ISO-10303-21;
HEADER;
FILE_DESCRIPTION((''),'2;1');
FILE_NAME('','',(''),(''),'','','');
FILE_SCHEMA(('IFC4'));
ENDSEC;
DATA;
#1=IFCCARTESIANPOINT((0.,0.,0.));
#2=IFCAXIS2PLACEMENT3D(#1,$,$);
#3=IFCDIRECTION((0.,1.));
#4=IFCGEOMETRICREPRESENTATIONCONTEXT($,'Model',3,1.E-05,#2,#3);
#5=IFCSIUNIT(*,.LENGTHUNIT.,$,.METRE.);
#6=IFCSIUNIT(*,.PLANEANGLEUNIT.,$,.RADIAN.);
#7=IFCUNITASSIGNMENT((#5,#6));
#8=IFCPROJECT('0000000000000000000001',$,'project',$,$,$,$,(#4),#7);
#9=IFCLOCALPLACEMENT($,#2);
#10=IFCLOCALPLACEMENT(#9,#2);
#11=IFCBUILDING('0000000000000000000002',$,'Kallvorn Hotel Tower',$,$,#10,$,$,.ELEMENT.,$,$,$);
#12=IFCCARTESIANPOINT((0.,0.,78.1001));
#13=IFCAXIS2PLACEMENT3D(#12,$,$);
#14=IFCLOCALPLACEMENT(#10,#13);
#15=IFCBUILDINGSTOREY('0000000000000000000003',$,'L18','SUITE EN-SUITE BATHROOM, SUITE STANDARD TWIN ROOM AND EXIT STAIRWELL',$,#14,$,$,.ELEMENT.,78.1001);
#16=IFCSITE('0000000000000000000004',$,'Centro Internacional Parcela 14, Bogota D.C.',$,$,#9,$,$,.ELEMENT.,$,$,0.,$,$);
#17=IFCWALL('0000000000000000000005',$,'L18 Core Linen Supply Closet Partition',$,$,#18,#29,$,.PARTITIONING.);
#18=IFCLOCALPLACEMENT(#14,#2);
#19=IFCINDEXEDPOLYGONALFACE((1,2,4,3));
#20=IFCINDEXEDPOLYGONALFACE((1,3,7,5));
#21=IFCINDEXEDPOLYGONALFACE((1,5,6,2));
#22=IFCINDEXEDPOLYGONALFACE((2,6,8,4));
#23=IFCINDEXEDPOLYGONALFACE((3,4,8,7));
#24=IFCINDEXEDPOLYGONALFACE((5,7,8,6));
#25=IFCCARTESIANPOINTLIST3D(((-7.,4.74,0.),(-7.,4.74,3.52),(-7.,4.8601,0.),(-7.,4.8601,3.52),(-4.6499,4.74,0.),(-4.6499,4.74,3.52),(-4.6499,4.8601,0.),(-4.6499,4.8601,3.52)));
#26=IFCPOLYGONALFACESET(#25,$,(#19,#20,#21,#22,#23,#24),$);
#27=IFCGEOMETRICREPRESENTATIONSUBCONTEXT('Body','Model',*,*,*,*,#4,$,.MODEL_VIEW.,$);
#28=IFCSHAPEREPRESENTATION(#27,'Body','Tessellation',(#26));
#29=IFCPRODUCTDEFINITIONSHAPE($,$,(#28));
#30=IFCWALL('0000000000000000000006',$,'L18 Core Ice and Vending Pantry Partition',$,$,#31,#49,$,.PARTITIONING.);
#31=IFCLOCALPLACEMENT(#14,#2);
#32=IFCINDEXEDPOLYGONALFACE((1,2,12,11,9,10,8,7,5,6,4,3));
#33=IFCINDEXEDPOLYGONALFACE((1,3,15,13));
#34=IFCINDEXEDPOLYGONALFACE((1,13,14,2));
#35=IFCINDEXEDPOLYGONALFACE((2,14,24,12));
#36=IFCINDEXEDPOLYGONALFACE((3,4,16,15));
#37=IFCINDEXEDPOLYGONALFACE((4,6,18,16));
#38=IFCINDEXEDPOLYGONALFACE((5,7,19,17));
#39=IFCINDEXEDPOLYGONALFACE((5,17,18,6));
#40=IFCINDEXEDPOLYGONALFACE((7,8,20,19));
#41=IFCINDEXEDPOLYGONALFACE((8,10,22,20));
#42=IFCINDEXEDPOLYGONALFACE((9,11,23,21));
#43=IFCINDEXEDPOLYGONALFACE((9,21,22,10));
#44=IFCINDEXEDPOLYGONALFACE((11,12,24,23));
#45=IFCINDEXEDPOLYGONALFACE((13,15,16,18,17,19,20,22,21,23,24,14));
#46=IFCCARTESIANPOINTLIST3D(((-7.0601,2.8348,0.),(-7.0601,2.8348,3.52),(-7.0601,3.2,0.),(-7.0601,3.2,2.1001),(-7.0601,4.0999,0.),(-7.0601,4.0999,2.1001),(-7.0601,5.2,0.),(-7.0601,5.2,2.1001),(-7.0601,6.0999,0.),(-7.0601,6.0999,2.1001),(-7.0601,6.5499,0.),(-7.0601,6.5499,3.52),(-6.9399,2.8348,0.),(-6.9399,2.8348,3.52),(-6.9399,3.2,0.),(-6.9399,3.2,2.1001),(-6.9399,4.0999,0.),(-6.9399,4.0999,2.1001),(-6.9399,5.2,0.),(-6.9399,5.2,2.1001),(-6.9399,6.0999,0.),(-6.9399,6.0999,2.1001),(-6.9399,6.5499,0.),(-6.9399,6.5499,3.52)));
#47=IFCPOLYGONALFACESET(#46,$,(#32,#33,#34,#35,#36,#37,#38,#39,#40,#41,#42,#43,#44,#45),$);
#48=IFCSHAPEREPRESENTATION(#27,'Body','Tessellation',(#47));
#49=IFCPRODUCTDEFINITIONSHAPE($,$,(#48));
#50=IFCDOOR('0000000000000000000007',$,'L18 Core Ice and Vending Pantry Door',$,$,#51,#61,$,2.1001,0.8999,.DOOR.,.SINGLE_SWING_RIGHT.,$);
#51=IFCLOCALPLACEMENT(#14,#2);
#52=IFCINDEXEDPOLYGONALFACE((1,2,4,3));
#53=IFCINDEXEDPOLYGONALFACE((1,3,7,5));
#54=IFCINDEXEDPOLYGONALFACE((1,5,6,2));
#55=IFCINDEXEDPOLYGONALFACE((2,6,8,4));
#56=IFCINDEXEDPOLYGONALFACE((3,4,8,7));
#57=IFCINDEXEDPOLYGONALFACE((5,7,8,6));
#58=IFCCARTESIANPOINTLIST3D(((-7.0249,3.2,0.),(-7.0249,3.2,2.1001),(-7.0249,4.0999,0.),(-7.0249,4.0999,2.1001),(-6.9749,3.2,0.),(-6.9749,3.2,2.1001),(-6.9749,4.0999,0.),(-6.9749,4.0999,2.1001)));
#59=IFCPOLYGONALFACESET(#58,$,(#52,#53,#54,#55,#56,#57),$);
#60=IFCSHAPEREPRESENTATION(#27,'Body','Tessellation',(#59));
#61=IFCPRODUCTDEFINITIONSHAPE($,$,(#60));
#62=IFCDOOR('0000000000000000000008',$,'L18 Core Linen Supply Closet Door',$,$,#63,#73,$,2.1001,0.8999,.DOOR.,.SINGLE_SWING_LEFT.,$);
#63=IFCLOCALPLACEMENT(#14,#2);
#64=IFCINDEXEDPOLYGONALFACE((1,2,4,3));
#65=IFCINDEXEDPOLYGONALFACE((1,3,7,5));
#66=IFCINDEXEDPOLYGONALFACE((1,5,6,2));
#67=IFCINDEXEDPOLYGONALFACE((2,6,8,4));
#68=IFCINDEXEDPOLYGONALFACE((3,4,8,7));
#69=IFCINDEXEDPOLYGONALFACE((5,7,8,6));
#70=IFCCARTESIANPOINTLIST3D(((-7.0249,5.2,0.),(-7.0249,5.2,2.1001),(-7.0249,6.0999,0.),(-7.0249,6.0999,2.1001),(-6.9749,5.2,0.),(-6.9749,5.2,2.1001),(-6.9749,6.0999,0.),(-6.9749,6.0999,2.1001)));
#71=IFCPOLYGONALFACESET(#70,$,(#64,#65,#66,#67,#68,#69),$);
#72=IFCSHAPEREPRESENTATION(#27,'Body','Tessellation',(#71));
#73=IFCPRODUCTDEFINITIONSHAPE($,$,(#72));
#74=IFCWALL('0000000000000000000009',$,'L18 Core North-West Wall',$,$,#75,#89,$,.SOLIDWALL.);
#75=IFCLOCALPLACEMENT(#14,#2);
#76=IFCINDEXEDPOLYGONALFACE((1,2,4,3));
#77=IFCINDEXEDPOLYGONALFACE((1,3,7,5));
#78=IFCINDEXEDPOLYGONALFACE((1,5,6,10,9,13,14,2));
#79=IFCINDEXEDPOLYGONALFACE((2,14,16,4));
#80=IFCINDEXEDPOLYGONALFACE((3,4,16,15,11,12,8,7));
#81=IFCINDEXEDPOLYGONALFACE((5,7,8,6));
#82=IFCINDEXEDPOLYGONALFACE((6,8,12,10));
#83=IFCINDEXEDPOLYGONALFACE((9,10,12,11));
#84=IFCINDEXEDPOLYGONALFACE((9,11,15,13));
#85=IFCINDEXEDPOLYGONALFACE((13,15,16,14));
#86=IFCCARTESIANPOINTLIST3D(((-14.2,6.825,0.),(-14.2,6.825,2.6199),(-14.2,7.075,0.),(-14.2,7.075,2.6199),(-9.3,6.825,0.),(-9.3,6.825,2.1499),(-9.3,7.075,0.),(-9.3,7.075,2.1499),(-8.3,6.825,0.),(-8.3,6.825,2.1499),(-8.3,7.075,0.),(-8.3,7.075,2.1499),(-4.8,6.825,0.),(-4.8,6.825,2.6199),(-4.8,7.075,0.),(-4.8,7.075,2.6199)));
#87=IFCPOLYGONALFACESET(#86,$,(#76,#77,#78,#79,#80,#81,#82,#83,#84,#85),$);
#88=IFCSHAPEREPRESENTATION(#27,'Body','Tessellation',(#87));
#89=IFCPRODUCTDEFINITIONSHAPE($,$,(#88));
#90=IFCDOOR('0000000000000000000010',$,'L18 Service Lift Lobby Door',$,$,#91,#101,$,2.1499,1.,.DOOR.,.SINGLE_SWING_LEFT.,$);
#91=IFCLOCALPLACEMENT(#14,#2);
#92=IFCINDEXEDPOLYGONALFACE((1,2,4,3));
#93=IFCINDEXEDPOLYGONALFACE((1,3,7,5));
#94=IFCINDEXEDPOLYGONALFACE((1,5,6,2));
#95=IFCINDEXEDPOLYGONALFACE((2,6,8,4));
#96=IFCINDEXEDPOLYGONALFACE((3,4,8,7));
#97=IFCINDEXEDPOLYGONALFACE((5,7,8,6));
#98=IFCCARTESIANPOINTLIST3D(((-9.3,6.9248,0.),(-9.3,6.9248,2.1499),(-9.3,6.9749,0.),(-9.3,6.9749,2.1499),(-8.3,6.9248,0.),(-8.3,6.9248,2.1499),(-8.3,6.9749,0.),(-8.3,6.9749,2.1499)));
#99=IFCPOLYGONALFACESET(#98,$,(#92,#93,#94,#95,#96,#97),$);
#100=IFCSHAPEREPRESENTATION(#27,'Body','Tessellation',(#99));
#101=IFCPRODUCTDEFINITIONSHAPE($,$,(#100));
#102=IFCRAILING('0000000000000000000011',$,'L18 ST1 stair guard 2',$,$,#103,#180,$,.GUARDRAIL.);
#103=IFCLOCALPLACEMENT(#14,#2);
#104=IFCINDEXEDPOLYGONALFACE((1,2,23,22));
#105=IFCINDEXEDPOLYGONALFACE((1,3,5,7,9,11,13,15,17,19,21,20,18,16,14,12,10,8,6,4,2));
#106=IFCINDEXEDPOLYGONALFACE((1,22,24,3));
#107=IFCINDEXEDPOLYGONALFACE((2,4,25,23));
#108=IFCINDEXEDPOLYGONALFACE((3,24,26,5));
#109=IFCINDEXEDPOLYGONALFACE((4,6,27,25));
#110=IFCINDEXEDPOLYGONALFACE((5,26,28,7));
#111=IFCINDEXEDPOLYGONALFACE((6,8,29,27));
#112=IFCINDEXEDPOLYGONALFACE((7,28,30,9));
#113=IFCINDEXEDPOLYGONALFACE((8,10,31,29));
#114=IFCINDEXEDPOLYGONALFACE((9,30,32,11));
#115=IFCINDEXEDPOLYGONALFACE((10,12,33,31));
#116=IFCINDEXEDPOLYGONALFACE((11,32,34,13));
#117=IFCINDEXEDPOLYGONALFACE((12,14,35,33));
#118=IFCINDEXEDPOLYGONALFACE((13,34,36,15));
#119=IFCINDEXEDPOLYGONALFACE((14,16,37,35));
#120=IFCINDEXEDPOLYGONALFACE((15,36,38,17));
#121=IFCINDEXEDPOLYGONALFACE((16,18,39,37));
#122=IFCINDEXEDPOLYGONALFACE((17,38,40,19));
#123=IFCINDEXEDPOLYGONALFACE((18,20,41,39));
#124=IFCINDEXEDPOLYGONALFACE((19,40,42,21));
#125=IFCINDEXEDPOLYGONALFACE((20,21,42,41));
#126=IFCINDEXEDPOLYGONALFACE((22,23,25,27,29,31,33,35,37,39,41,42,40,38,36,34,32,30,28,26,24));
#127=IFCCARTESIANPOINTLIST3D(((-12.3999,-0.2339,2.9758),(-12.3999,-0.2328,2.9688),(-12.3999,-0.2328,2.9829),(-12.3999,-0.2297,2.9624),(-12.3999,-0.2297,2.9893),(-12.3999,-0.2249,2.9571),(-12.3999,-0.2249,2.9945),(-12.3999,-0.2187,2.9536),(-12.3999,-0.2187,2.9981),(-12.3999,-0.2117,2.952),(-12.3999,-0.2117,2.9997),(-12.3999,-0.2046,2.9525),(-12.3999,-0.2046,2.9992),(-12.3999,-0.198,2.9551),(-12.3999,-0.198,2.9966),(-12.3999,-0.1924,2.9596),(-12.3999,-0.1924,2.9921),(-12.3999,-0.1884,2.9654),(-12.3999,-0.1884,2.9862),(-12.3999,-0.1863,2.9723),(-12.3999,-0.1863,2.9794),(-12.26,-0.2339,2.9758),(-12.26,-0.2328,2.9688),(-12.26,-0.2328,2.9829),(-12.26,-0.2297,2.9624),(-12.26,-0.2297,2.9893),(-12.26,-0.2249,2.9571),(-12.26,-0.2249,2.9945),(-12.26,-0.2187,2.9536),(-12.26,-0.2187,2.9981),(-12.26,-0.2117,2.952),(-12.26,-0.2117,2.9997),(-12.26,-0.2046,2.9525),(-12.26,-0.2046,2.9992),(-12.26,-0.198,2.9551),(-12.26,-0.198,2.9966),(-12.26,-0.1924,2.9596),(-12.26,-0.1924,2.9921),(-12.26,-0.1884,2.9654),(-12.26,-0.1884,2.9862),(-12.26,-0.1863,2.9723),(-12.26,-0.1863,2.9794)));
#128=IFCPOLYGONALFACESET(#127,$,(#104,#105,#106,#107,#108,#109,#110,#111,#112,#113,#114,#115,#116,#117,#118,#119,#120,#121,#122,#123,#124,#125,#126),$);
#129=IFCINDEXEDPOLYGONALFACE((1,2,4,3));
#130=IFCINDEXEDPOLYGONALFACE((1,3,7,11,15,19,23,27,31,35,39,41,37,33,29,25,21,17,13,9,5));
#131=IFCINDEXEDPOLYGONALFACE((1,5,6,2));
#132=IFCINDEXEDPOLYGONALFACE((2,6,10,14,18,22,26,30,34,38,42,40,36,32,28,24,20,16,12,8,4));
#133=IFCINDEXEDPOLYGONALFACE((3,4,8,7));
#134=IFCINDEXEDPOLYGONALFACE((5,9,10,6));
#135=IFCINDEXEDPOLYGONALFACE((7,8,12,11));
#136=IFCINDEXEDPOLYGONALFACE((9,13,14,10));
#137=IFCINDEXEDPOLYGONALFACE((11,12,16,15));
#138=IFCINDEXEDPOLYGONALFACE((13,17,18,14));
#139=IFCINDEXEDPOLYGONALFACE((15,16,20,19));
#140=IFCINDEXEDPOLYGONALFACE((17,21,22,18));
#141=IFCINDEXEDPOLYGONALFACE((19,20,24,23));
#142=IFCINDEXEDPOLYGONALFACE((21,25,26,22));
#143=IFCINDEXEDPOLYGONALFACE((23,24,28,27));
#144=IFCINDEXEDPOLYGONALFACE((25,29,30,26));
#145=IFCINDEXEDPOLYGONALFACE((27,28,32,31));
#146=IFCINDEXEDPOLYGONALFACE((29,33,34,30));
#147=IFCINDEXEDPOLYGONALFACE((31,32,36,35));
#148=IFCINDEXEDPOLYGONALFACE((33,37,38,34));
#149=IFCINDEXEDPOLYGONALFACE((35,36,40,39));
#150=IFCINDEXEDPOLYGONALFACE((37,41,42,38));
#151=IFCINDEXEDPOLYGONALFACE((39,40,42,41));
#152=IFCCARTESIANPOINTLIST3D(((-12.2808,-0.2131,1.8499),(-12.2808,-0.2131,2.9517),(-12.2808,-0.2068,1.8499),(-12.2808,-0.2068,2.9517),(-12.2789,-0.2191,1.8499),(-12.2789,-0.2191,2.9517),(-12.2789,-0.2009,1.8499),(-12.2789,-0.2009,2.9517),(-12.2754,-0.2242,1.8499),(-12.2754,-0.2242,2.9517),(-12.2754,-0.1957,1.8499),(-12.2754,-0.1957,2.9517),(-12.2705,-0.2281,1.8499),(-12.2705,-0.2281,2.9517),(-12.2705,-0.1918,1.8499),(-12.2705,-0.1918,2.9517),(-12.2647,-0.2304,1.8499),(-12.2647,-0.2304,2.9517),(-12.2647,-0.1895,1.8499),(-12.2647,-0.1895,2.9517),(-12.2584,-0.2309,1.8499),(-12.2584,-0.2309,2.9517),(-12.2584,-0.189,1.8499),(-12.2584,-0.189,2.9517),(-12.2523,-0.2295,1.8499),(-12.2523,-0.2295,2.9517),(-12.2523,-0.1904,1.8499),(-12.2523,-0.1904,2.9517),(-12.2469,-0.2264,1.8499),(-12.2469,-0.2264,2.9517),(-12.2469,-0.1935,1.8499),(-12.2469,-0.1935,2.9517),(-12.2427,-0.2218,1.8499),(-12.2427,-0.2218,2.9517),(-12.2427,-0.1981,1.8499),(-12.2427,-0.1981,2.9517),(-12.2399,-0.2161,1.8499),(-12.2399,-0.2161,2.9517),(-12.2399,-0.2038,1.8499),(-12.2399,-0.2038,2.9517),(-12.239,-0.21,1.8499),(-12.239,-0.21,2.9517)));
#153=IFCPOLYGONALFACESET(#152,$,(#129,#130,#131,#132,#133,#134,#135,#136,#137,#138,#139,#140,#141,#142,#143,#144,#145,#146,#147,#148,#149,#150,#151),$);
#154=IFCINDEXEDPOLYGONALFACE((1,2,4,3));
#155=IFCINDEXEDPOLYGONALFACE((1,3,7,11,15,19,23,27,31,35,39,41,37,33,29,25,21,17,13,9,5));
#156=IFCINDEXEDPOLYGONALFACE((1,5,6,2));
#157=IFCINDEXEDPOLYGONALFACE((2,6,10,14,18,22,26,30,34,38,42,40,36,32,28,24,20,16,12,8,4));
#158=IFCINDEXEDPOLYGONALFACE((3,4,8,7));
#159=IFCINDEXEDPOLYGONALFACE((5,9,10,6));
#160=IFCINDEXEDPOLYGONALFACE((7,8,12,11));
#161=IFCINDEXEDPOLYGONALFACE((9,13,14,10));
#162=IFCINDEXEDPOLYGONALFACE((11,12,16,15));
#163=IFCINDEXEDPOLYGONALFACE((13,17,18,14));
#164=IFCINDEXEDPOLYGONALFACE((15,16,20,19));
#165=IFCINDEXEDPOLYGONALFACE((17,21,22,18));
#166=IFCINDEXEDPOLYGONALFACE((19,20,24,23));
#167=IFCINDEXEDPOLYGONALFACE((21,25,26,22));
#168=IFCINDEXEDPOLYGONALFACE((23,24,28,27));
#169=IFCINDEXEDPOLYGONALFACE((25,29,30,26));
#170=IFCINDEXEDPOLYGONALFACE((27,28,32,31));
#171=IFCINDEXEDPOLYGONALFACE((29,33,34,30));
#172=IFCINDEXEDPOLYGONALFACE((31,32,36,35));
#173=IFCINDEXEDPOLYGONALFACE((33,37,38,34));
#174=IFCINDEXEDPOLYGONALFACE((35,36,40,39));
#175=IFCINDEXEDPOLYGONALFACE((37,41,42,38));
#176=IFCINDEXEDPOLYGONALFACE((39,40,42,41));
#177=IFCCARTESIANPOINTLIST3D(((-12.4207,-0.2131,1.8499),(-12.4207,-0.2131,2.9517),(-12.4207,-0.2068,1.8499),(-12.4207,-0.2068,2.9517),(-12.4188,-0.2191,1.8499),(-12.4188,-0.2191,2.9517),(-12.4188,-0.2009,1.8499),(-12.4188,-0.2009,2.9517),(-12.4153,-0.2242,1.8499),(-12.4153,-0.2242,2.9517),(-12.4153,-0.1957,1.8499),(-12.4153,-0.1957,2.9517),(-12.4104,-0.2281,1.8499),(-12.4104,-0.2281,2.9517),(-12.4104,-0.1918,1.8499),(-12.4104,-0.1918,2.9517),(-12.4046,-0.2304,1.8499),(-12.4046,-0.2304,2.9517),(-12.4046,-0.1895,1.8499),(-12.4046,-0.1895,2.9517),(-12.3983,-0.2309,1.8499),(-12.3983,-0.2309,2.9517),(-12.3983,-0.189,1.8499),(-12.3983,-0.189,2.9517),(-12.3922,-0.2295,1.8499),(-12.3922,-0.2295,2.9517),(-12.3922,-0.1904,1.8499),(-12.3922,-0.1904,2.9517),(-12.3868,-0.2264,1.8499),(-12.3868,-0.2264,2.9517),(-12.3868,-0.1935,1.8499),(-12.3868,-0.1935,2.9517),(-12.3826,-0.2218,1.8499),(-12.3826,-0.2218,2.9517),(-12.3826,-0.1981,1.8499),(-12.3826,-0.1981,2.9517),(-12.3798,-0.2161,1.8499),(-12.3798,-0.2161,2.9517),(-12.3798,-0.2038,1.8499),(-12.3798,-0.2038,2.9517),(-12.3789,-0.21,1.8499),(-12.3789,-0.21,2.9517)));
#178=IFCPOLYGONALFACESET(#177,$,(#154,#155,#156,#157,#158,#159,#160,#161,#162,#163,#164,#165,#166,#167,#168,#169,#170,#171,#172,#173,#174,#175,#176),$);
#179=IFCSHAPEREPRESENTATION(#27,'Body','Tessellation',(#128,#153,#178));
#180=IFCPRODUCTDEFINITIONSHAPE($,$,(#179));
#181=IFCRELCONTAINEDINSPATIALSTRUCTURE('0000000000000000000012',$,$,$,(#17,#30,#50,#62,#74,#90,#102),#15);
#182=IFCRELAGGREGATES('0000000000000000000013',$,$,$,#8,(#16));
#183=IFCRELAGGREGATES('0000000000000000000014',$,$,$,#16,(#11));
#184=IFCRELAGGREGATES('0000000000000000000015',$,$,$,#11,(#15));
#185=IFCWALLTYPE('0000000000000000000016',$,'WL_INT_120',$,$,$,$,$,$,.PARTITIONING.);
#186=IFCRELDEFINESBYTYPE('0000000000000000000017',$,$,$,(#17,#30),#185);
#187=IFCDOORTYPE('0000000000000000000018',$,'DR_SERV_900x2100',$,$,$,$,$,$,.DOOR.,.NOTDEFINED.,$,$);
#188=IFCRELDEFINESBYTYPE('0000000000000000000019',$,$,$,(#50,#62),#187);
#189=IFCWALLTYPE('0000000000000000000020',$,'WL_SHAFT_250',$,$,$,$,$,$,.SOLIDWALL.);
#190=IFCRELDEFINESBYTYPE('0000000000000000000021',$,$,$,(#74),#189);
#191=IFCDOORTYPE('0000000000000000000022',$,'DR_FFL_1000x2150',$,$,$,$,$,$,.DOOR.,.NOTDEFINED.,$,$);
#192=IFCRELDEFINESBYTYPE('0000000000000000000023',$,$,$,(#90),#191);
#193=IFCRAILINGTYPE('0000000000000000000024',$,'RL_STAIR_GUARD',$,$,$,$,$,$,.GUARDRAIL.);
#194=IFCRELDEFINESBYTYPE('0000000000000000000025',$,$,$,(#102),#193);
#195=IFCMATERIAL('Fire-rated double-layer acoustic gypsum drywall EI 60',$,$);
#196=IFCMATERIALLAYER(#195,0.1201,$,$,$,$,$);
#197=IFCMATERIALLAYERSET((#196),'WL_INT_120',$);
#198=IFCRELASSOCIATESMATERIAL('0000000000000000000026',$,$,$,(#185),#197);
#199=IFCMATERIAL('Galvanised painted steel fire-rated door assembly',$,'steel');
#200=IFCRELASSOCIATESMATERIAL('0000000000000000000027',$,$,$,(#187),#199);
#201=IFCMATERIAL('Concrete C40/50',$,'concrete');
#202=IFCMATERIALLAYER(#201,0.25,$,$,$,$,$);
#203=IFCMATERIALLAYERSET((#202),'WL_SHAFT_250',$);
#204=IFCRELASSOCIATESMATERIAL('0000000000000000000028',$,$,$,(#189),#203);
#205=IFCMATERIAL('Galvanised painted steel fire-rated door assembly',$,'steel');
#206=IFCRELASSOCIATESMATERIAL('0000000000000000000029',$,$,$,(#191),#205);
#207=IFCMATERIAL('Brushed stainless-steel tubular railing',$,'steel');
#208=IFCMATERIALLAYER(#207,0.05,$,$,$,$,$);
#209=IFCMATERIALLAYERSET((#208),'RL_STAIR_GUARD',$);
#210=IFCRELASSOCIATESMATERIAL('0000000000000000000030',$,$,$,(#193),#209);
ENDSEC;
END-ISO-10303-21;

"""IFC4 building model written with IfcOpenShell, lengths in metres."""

from ifc_helpers import new_model, si_unit, direction, frame, frame_2d, origin, origin_2d, place, context, subcontext, project, spatial, rectangle, circle, extrude, material, layer, layer_set, type_object, element, fill, save


model = new_model("IFC4")

# Units and contexts
model_context = context("Model", 3, precision=1e-05, world=origin(), true_north=direction((0.0, 1.0)))
body_context = subcontext(model_context, "Body", "Model", "MODEL_VIEW")
ifc_project = project(units=[si_unit("LENGTHUNIT", "METRE"), si_unit("PLANEANGLEUNIT", "RADIAN")], contexts=[model_context])

# Site, building, storey
site_placement = place(None, origin())
site = spatial("IfcSite", under=ifc_project, at=site_placement, Name="Centro Internacional Parcela 14, Bogota D.C.", CompositionType="ELEMENT", RefElevation=0.0)
building_placement = place(site_placement, origin())
building = spatial("IfcBuilding", under=site, at=building_placement, Name="Kallvorn Hotel Tower", CompositionType="ELEMENT")
storey_placement = place(building_placement, frame((0.0, 0.0, 78.1001)))
storey = spatial("IfcBuildingStorey", under=building, at=storey_placement, Name="L18", Description="SUITE EN-SUITE BATHROOM, SUITE STANDARD TWIN ROOM AND EXIT STAIRWELL", CompositionType="ELEMENT", Elevation=78.1001)

# Wall
ifc_material_1 = material(Name="Fire-rated double-layer acoustic gypsum drywall EI 60")
ifc_layer_1 = layer(ifc_material_1, 0.1201)
ifc_layer_set_1 = layer_set([ifc_layer_1], Name="WL_INT_120")
wall_type_1 = type_object("IfcWallType", Name="WL_INT_120", PredefinedType="PARTITIONING", material=ifc_layer_set_1)
for number, where, z_axis, x_axis, name in (
    (1, (-7.0, 4.8, 0.0), (0.0, 0.0, 1.0), (1.0, 0.0, 0.0), "L18 Core Linen Supply Closet Partition"),
):
    element("IfcWall", number, at=place(storey_placement, frame(where, z_axis=z_axis, x_axis=x_axis)), inside=storey, type_object=wall_type_1, Name=name, PredefinedType="PARTITIONING", context=body_context, shape_type="SweptSolid", body=[
        extrude(rectangle(XDim=2.3501, YDim=0.1201, at=frame_2d((1.175, 0.0))), origin(), (0.0, 0.0, 1.0), 3.52),
    ])

# Wall, openings, doors
wall_1_placement = place(storey_placement, frame((-7.0, 2.835, 0.0), z_axis=(0.0, 0.0, 1.0), x_axis=(0.0, 1.0, 0.0)))
wall_1 = element("IfcWall", 2, at=wall_1_placement, inside=storey, type_object=wall_type_1, Name="L18 Core Ice and Vending Pantry Partition", PredefinedType="PARTITIONING", context=body_context, shape_type="SweptSolid", body=[
    extrude(rectangle(XDim=3.7151, YDim=0.1201, at=frame_2d((1.8574, 0.0))), origin(), (0.0, 0.0, 1.0), 3.52),
])
opening_1_placement = place(wall_1_placement, frame((0.365, 0.0, 0.0)))
opening_1 = element("IfcOpeningElement", 3, at=opening_1_placement, cuts=wall_1, PredefinedType="OPENING", context=body_context, shape_type="SweptSolid", body=[
    extrude(rectangle(XDim=0.8999, YDim=2.1001, at=frame_2d((0.45, 1.05))), frame((0.0, 0.075, 0.0), z_axis=(0.0, -1.0, 0.0), x_axis=(1.0, 0.0, 0.0)), (0.0, 0.0, 1.0), 0.1501),
])
opening_2_placement = place(wall_1_placement, frame((2.365, 0.0, 0.0)))
opening_2 = element("IfcOpeningElement", 4, at=opening_2_placement, cuts=wall_1, PredefinedType="OPENING", context=body_context, shape_type="SweptSolid", body=[
    extrude(rectangle(XDim=0.8999, YDim=2.1001, at=frame_2d((0.45, 1.05))), frame((0.0, 0.075, 0.0), z_axis=(0.0, -1.0, 0.0), x_axis=(1.0, 0.0, 0.0)), (0.0, 0.0, 1.0), 0.1501),
])
ifc_material_2 = material(Name="Galvanised painted steel fire-rated door assembly", Category="steel")
door_type_1 = type_object("IfcDoorType", Name="DR_SERV_900x2100", OperationType="NOTDEFINED", PredefinedType="DOOR", material=ifc_material_2)
door_1_placement = place(opening_1_placement, origin())
door_1 = element("IfcDoor", 5, at=door_1_placement, inside=storey, type_object=door_type_1, Name="L18 Core Ice and Vending Pantry Door", OperationType="SINGLE_SWING_RIGHT", OverallHeight=2.1001, OverallWidth=0.8999, PredefinedType="DOOR", context=body_context, shape_type="SweptSolid", body=[
    extrude(rectangle(XDim=0.8999, YDim=2.1001, at=frame_2d((0.45, 1.05))), frame((0.0, 0.0249, 0.0), z_axis=(0.0, -1.0, 0.0), x_axis=(1.0, 0.0, 0.0)), (0.0, 0.0, 1.0), 0.05),
])
fill(opening_1, door_1)
door_2_placement = place(opening_2_placement, origin())
door_2 = element("IfcDoor", 6, at=door_2_placement, inside=storey, type_object=door_type_1, Name="L18 Core Linen Supply Closet Door", OperationType="SINGLE_SWING_LEFT", OverallHeight=2.1001, OverallWidth=0.8999, PredefinedType="DOOR", context=body_context, shape_type="SweptSolid", body=[
    extrude(rectangle(XDim=0.8999, YDim=2.1001, at=frame_2d((0.45, 1.05))), frame((0.0, 0.0249, 0.0), z_axis=(0.0, -1.0, 0.0), x_axis=(1.0, 0.0, 0.0)), (0.0, 0.0, 1.0), 0.05),
])
fill(opening_2, door_2)

# Wall, opening, door
ifc_material_3 = material(Name="Concrete C40/50", Category="concrete")
ifc_layer_2 = layer(ifc_material_3, 0.25)
ifc_layer_set_2 = layer_set([ifc_layer_2], Name="WL_SHAFT_250")
wall_type_2 = type_object("IfcWallType", Name="WL_SHAFT_250", PredefinedType="SOLIDWALL", material=ifc_layer_set_2)
wall_2_placement = place(storey_placement, frame((-14.2, 6.95, 0.0), z_axis=(0.0, 0.0, 1.0), x_axis=(1.0, 0.0, 0.0)))
wall_2 = element("IfcWall", 7, at=wall_2_placement, inside=storey, type_object=wall_type_2, Name="L18 Core North-West Wall", PredefinedType="SOLIDWALL", context=body_context, shape_type="SweptSolid", body=[
    extrude(rectangle(XDim=9.3999, YDim=0.25, at=frame_2d((4.7, 0.0))), origin(), (0.0, 0.0, 1.0), 2.6199),
])
opening_3_placement = place(wall_2_placement, frame((4.8999, 0.0, 0.0)))
opening_3 = element("IfcOpeningElement", 8, at=opening_3_placement, cuts=wall_2, PredefinedType="OPENING", context=body_context, shape_type="SweptSolid", body=[
    extrude(rectangle(XDim=1.0, YDim=2.1499, at=frame_2d((0.5, 1.075))), frame((0.0, 0.1399, 0.0), z_axis=(0.0, -1.0, 0.0), x_axis=(1.0, 0.0, 0.0)), (0.0, 0.0, 1.0), 0.28),
])
ifc_material_4 = material(Name="Galvanised painted steel fire-rated door assembly", Category="steel")
door_type_2 = type_object("IfcDoorType", Name="DR_FFL_1000x2150", OperationType="NOTDEFINED", PredefinedType="DOOR", material=ifc_material_4)
door_3_placement = place(opening_3_placement, origin())
door_3 = element("IfcDoor", 9, at=door_3_placement, inside=storey, type_object=door_type_2, Name="L18 Service Lift Lobby Door", OperationType="SINGLE_SWING_LEFT", OverallHeight=2.1499, OverallWidth=1.0, PredefinedType="DOOR", context=body_context, shape_type="SweptSolid", body=[
    extrude(rectangle(XDim=1.0, YDim=2.1499, at=frame_2d((0.5, 1.075))), frame((0.0, 0.0249, 0.0), z_axis=(0.0, -1.0, 0.0), x_axis=(1.0, 0.0, 0.0)), (0.0, 0.0, 1.0), 0.05),
])
fill(opening_3, door_3)

# Railing
ifc_material_5 = material(Name="Brushed stainless-steel tubular railing", Category="steel")
ifc_layer_3 = layer(ifc_material_5, 0.05)
ifc_layer_set_3 = layer_set([ifc_layer_3], Name="RL_STAIR_GUARD")
railing_type = type_object("IfcRailingType", Name="RL_STAIR_GUARD", PredefinedType="GUARDRAIL", material=ifc_layer_set_3)
railing_1_placement = place(storey_placement, frame((-12.26, -0.21, 1.8499)))
element("IfcRailing", 10, at=railing_1_placement, inside=storey, type_object=railing_type, Name="L18 ST1 stair guard 2", PredefinedType="GUARDRAIL", context=body_context, shape_type="SweptSolid", body=[
    extrude(circle(Radius=0.0239, at=origin_2d()), frame((0.0, 0.0, 1.126), z_axis=(-1.0, 0.0, 0.0), x_axis=(0.0, -1.0, 0.0)), (0.0, 0.0, 1.0), 0.1399),
    extrude(circle(Radius=0.021, at=origin_2d()), origin(), (0.0, 0.0, 1.0), 1.1018),
    extrude(circle(Radius=0.021, at=origin_2d()), frame((-0.1399, 0.0, 0.0)), (0.0, 0.0, 1.0), 1.1018),
])

save(model, "model.ifc")
